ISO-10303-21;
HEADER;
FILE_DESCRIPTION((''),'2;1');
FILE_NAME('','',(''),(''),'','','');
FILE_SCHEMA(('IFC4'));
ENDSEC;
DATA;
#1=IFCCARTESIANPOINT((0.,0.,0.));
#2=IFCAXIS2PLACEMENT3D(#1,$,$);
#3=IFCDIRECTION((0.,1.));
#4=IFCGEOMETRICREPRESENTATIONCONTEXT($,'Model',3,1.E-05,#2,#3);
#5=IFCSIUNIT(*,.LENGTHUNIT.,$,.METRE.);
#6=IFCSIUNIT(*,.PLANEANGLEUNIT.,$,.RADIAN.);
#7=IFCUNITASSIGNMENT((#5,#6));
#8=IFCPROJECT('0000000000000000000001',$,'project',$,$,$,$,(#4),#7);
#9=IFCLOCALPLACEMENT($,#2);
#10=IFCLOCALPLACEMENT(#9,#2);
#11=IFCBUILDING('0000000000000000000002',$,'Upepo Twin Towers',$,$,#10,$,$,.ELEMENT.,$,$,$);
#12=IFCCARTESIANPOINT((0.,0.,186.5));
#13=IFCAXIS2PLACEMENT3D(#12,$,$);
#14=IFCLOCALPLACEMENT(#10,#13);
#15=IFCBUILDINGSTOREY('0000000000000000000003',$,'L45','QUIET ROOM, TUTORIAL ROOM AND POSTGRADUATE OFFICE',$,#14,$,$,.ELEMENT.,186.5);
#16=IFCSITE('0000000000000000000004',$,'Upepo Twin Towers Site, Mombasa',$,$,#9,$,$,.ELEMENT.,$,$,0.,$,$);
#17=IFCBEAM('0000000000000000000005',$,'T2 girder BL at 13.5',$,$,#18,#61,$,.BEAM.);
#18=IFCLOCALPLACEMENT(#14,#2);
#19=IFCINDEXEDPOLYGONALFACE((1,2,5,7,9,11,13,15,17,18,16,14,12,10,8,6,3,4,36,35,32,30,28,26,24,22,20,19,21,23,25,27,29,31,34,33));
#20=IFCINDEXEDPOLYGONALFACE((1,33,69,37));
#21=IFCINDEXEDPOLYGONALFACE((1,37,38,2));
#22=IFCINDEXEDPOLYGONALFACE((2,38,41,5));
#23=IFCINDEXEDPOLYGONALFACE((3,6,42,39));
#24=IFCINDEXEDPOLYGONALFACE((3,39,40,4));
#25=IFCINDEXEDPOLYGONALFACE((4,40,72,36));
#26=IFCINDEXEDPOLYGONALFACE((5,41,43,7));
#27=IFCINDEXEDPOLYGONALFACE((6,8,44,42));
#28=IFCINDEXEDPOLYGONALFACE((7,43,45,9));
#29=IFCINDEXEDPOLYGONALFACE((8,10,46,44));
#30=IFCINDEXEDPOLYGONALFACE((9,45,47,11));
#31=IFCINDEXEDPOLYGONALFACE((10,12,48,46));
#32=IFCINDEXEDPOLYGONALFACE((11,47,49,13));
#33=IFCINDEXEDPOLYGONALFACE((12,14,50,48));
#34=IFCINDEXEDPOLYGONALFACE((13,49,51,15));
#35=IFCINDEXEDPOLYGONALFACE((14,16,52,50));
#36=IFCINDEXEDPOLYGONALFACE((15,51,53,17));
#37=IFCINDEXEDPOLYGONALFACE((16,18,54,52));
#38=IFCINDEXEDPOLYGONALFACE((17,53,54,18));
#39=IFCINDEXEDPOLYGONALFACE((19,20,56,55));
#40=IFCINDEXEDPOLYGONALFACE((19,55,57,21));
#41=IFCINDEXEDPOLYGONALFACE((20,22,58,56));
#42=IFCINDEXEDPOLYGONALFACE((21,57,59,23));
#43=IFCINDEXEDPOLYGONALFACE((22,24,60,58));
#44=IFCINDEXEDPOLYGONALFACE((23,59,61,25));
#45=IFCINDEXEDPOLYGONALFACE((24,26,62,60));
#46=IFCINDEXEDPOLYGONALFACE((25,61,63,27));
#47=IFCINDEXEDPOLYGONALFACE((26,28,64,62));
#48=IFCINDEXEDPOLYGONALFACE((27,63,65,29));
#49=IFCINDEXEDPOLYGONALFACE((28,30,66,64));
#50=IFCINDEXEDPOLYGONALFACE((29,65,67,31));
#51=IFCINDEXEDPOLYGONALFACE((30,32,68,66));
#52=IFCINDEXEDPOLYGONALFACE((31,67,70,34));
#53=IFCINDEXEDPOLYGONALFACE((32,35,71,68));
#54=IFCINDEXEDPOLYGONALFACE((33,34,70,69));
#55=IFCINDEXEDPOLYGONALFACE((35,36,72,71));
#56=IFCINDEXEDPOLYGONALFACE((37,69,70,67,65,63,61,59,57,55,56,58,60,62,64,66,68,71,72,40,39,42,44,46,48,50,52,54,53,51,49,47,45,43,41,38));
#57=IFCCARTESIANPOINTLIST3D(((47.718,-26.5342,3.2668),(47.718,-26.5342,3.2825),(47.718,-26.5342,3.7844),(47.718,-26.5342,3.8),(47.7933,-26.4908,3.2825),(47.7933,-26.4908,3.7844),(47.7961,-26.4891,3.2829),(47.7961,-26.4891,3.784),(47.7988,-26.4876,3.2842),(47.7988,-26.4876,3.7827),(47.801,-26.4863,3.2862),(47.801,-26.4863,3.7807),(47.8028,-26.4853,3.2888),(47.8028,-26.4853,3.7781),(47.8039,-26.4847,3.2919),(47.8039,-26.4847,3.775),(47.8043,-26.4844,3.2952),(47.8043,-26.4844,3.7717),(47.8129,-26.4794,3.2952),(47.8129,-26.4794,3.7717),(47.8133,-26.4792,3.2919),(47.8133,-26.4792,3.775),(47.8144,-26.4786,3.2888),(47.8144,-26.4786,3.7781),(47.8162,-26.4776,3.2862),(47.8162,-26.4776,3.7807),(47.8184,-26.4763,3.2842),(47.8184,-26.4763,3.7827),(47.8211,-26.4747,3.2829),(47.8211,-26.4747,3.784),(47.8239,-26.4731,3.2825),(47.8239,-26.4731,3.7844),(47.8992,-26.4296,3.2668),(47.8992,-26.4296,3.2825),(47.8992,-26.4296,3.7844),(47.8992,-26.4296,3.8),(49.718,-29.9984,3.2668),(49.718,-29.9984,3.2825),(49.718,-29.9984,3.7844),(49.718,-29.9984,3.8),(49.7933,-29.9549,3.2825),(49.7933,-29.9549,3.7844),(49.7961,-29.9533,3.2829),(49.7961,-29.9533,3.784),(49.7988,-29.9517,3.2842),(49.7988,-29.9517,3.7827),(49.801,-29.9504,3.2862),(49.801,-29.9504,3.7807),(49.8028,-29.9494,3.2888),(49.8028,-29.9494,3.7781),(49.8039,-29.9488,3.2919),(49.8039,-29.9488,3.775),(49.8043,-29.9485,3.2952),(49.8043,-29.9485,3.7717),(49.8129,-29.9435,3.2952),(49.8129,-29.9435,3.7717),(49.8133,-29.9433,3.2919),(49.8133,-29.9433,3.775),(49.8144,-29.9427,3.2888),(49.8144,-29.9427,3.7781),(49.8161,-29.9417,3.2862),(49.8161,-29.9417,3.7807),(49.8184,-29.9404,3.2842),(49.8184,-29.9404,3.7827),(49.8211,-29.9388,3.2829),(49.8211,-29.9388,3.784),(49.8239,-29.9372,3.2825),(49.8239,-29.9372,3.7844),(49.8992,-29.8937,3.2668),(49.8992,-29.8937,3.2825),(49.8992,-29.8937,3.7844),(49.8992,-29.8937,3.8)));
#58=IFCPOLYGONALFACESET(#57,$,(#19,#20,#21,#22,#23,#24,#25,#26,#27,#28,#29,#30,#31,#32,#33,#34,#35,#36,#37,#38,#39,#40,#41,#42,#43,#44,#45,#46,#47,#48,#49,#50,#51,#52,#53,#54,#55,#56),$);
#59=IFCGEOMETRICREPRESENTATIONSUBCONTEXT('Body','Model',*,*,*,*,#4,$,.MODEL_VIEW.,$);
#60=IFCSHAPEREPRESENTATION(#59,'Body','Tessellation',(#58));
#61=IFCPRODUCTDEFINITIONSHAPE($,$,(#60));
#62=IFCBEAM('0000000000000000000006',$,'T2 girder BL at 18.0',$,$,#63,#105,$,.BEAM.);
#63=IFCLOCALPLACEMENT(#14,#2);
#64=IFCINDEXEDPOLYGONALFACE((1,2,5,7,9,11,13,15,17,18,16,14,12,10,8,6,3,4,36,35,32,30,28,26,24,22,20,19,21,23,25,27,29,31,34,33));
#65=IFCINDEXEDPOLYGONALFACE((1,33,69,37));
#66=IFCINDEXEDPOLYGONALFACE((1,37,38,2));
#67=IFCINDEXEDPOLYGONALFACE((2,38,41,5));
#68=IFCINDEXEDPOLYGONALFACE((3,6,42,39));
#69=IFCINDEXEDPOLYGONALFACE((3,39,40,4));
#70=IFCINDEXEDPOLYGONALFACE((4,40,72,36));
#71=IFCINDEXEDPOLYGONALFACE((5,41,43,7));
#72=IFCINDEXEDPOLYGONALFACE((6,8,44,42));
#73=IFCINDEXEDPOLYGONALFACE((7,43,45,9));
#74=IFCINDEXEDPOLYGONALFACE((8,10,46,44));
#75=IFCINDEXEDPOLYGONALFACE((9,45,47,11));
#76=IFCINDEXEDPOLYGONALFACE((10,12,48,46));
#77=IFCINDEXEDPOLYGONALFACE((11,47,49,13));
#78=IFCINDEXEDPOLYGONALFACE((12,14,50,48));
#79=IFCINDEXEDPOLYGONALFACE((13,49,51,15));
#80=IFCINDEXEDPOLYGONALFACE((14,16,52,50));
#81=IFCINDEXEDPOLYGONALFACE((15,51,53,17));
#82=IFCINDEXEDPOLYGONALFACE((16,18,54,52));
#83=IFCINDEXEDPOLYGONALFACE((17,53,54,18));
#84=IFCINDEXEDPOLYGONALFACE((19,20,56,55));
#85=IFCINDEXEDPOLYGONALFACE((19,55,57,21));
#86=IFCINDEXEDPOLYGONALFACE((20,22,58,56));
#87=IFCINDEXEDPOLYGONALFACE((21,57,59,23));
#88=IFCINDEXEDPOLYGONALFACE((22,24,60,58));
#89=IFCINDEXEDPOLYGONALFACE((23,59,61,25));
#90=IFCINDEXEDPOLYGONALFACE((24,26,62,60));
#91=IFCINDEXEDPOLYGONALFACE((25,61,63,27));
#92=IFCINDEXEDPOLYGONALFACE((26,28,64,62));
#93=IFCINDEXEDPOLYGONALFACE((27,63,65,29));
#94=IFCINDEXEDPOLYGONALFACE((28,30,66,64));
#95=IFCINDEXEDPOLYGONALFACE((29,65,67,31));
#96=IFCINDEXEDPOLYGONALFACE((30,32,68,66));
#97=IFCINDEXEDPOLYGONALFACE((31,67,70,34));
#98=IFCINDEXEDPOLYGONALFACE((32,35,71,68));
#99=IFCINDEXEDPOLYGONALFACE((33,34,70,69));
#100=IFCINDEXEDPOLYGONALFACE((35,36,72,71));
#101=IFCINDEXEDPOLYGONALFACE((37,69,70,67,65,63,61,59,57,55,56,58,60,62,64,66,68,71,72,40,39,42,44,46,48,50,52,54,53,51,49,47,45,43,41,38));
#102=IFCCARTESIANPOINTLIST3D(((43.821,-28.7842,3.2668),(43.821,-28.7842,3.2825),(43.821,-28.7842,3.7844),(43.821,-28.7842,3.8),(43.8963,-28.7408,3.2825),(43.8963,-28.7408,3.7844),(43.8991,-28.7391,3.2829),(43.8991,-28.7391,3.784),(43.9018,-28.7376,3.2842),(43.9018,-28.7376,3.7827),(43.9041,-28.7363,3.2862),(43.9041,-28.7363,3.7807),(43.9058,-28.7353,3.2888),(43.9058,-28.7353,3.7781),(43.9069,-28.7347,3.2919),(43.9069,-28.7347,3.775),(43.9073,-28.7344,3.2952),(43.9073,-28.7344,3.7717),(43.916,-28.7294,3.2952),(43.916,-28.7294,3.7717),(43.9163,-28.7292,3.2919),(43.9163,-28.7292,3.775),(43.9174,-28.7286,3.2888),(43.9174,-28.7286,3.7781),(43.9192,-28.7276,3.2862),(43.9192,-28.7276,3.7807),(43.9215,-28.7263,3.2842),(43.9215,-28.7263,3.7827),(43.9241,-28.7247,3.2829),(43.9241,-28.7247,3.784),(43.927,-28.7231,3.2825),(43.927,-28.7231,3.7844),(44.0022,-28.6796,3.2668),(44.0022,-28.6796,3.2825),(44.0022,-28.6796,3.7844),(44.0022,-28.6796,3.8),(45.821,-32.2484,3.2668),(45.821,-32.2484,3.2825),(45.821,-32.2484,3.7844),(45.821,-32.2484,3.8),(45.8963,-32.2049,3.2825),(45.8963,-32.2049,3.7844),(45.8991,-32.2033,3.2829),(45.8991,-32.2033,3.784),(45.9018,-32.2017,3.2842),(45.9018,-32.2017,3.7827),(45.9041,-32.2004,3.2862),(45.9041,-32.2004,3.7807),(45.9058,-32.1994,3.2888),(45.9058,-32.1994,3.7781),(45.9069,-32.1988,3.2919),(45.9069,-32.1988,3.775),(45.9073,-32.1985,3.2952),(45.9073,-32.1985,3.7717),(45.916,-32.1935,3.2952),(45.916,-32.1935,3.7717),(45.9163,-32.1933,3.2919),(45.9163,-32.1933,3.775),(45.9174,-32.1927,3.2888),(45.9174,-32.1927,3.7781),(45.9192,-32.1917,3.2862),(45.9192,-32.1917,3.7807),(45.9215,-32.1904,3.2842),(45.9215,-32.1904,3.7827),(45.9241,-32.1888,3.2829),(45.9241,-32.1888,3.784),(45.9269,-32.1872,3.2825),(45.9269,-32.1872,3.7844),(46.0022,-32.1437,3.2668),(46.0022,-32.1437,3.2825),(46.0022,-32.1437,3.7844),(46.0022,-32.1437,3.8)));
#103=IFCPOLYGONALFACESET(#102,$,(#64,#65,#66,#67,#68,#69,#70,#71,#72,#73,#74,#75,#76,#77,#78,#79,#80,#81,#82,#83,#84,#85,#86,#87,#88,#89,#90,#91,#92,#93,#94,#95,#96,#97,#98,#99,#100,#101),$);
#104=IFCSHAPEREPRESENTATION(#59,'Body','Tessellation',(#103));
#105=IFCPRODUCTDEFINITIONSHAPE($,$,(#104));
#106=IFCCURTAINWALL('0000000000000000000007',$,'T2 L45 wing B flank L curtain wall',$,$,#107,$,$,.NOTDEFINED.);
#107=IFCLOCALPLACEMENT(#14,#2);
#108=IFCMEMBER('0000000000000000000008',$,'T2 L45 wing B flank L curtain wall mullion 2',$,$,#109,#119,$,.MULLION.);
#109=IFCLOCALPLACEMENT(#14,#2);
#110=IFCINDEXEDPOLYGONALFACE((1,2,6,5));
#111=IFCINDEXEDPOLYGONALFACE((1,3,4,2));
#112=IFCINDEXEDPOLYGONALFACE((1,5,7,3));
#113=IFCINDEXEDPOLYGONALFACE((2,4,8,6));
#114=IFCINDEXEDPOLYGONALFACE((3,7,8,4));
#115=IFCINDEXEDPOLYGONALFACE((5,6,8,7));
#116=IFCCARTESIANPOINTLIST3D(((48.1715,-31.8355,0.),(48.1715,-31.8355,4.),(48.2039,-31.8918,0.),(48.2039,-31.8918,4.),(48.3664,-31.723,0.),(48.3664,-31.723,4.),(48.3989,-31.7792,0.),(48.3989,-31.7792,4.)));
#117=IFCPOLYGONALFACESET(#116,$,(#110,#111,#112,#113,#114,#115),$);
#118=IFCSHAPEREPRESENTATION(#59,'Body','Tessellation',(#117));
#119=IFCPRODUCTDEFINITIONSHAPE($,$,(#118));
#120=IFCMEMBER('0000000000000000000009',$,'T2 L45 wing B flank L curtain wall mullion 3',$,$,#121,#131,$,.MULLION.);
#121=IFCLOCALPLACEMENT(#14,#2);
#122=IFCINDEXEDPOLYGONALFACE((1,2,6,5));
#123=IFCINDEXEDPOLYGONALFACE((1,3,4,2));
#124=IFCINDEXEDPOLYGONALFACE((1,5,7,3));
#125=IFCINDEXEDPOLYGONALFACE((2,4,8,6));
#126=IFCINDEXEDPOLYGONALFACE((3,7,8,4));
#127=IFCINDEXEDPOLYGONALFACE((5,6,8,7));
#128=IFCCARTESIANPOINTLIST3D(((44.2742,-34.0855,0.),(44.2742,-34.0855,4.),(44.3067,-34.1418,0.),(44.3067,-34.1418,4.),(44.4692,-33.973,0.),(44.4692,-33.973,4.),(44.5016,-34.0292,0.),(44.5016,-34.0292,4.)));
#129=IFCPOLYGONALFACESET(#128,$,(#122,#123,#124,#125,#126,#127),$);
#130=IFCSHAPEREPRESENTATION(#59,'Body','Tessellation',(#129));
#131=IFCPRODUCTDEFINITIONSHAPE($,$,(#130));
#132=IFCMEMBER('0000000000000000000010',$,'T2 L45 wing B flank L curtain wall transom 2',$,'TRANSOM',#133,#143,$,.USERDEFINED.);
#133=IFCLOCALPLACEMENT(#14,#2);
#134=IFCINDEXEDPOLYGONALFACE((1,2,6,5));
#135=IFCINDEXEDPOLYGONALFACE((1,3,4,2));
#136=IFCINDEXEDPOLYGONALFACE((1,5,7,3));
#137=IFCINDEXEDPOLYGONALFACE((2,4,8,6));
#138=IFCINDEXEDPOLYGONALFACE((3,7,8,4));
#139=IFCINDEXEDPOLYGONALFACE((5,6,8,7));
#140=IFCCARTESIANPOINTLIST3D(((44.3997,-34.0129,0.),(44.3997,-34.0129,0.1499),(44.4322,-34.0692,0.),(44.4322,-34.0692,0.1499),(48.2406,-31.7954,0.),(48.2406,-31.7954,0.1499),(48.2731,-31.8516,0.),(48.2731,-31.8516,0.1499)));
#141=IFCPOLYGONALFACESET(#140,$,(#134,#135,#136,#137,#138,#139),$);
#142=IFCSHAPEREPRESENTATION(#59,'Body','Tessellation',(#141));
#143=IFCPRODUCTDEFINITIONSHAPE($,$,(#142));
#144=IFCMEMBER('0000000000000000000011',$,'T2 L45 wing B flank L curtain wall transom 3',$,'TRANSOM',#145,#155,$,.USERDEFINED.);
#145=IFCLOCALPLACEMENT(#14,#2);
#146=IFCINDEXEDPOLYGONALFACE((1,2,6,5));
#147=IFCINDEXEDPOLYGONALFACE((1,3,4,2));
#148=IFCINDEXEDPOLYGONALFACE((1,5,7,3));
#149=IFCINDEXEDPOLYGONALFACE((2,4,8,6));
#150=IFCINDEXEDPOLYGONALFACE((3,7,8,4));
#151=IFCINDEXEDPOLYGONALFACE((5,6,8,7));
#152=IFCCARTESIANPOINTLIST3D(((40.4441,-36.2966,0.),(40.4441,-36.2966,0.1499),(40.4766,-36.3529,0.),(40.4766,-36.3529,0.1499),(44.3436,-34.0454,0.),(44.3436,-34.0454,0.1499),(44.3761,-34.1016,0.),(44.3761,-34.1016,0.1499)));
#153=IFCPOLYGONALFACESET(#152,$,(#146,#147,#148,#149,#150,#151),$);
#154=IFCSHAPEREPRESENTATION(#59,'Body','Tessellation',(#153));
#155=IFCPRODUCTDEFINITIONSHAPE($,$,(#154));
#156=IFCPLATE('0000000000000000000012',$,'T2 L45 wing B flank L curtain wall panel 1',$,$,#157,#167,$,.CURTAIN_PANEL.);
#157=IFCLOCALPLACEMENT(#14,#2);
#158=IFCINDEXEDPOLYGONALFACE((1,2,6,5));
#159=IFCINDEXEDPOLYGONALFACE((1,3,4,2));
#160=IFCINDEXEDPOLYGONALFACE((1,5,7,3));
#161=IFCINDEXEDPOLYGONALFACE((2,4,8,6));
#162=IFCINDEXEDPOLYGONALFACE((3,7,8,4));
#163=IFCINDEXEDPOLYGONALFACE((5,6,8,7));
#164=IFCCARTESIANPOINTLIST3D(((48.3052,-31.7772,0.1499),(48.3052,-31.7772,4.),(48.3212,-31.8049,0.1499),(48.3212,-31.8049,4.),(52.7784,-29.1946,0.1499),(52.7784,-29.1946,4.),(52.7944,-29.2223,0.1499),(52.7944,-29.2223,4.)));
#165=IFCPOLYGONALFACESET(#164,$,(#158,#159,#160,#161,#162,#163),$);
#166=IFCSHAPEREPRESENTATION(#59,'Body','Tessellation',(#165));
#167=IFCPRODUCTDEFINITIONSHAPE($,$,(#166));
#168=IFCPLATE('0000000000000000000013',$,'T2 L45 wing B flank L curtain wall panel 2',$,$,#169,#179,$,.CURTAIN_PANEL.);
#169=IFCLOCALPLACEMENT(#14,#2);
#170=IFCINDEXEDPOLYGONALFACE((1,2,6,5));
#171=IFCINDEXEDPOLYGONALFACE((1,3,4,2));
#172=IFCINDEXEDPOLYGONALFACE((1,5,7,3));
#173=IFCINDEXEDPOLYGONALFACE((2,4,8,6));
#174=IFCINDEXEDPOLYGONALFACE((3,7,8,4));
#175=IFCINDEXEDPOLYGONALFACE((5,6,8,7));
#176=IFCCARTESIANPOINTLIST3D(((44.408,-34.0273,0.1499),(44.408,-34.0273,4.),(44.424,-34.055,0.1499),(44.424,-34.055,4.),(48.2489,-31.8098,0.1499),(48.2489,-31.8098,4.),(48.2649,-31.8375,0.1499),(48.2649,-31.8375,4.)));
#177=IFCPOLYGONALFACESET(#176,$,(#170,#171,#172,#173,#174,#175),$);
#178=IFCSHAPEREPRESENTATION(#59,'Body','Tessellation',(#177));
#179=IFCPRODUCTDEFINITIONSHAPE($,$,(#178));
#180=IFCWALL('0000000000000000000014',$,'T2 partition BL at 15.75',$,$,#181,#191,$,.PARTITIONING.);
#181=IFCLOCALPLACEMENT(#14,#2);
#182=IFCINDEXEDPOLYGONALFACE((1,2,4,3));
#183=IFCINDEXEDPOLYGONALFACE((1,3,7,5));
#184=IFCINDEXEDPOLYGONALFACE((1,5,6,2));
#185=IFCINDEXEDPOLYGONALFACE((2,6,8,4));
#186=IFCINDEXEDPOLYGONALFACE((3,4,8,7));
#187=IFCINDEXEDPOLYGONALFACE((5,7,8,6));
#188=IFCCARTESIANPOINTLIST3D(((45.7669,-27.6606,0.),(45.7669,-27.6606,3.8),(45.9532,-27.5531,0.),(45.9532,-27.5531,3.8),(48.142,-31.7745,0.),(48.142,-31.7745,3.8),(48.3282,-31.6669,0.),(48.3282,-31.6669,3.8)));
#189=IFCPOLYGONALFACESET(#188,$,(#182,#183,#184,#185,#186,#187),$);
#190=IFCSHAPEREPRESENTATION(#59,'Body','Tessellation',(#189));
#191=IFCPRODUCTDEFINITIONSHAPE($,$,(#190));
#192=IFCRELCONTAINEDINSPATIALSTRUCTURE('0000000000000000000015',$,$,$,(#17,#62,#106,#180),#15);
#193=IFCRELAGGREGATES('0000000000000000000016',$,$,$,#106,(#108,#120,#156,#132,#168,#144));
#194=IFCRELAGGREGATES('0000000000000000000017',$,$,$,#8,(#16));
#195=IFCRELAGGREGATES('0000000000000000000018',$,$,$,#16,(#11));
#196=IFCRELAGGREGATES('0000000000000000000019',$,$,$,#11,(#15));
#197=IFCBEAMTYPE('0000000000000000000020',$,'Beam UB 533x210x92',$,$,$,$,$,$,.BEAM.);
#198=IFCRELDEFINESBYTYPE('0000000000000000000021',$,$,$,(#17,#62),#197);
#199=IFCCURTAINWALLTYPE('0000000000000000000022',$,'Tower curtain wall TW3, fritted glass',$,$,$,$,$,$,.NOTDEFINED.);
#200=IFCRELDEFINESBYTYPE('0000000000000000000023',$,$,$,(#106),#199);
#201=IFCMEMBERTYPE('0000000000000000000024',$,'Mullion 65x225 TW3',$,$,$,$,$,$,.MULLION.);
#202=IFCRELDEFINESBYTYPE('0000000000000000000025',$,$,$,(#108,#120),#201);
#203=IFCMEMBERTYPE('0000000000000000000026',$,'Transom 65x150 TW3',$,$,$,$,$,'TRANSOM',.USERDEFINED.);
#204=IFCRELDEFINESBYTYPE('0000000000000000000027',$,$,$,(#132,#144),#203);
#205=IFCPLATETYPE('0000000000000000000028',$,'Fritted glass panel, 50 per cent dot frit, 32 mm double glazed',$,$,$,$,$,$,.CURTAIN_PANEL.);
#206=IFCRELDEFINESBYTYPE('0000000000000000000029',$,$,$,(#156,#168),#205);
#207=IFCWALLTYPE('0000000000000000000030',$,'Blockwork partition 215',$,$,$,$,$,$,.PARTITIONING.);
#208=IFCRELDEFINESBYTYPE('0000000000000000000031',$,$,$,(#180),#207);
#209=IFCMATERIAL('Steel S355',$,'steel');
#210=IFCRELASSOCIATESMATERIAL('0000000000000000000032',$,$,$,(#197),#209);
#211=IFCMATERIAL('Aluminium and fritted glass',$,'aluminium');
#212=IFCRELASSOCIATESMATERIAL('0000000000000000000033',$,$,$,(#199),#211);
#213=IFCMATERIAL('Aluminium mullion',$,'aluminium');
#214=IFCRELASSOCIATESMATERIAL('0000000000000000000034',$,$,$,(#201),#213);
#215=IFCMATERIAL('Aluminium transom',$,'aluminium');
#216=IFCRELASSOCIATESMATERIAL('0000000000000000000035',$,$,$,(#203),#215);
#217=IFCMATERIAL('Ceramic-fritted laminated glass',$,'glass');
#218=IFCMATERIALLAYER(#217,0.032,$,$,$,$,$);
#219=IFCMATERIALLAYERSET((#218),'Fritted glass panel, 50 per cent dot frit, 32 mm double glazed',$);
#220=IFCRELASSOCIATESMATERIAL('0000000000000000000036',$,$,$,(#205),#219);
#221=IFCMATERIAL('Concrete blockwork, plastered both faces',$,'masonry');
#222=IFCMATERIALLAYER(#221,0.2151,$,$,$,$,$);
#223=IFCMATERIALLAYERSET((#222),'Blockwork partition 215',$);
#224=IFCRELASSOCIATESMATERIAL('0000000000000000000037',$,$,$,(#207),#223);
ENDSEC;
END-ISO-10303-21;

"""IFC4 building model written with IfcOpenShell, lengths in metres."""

from ifc_helpers import new_model, si_unit, direction, frame, frame_2d, origin, origin_2d, place, context, subcontext, project, spatial, rectangle, i_section, extrude, material, layer, layer_set, material_profile, profile_set, type_object, element, aggregate, save


model = new_model("IFC4")

# Units and contexts
model_context = context("Model", 3, precision=1e-05, world=origin(), true_north=direction((0.0, 1.0)))
body_context = subcontext(model_context, "Body", "Model", "MODEL_VIEW")
ifc_project = project(units=[si_unit("LENGTHUNIT", "METRE"), si_unit("PLANEANGLEUNIT", "RADIAN")], contexts=[model_context])

# Site, building, storey
site_placement = place(None, origin())
site = spatial("IfcSite", under=ifc_project, at=site_placement, Name="Upepo Twin Towers Site, Mombasa", CompositionType="ELEMENT", RefElevation=0.0)
building_placement = place(site_placement, origin())
building = spatial("IfcBuilding", under=site, at=building_placement, Name="Upepo Twin Towers", CompositionType="ELEMENT")
storey_placement = place(building_placement, frame((0.0, 0.0, 186.5)))
storey = spatial("IfcBuildingStorey", under=building, at=storey_placement, Name="L45", Description="QUIET ROOM, TUTORIAL ROOM AND POSTGRADUATE OFFICE", CompositionType="ELEMENT", Elevation=186.5)

# Beams
ifc_material_1 = material(Name="Steel S355", Category="steel")
ifc_material_profile_1 = material_profile(ifc_material_1, i_section(OverallWidth=0.2092, OverallDepth=0.5332, WebThickness=0.01, FlangeThickness=0.0156, FilletRadius=0.0127, at=origin_2d()), Name="UB 533x210x92")
ifc_profile_set_1 = profile_set([ifc_material_profile_1], Name="Steel S355")
beam_type_1 = type_object("IfcBeamType", Name="Beam UB 533x210x92", PredefinedType="BEAM", material=ifc_profile_set_1)
for number, where, z_axis, x_axis, name in (
    (1, (49.8086, -29.946, 3.5334), (-0.499999, 0.866026, 0.0), (-0.866026, -0.499999, 0.0), "T2 girder BL at 13.5"),
    (2, (45.9116, -32.196, 3.5334), (-0.499999, 0.866026, 0.0), (-0.866026, -0.499999, 0.0), "T2 girder BL at 18.0"),
):
    element("IfcBeam", number, at=place(storey_placement, frame(where, z_axis=z_axis, x_axis=x_axis)), inside=storey, type_object=beam_type_1, Name=name, PredefinedType="BEAM", context=body_context, shape_type="SweptSolid", body=[
        extrude(i_section(OverallWidth=0.2092, OverallDepth=0.5332, WebThickness=0.01, FlangeThickness=0.0156, FilletRadius=0.0127, at=origin_2d()), origin(), (0.0, 0.0, 1.0), 4.0),
    ])

# Curtain wall, members, plates
ifc_material_2 = material(Name="Aluminium and fritted glass", Category="aluminium")
curtain_wall_type = type_object("IfcCurtainWallType", Name="Tower curtain wall TW3, fritted glass", PredefinedType="NOTDEFINED", material=ifc_material_2)
curtain_wall_placement = place(storey_placement, origin())
curtain_wall = element("IfcCurtainWall", 3, at=curtain_wall_placement, inside=storey, type_object=curtain_wall_type, Name="T2 L45 wing B flank L curtain wall", PredefinedType="NOTDEFINED")
ifc_material_3 = material(Name="Aluminium mullion", Category="aluminium")
ifc_material_profile_2 = material_profile(ifc_material_3, rectangle(XDim=0.0649, YDim=0.2251, at=origin_2d()), Name="MULLION 65x225")
ifc_profile_set_2 = profile_set([ifc_material_profile_2], Name="Aluminium mullion")
member_type_1 = type_object("IfcMemberType", Name="Mullion 65x225 TW3", PredefinedType="MULLION", material=ifc_profile_set_2)
member_1_placement = place(storey_placement, frame((48.2852, -31.8074, 0.0), z_axis=(0.0, 0.0, 1.0), x_axis=(0.5, -0.866025, 0.0)))
member_1 = element("IfcMember", 4, at=member_1_placement, type_object=member_type_1, Name="T2 L45 wing B flank L curtain wall mullion 2", PredefinedType="MULLION", context=body_context, shape_type="SweptSolid", body=[
    extrude(rectangle(XDim=0.0649, YDim=0.2251, at=origin_2d()), origin(), (0.0, 0.0, 1.0), 4.0),
])
member_2_placement = place(storey_placement, frame((44.3879, -34.0574, 0.0), z_axis=(0.0, 0.0, 1.0), x_axis=(0.5, -0.866025, 0.0)))
member_2 = element("IfcMember", 5, at=member_2_placement, type_object=member_type_1, Name="T2 L45 wing B flank L curtain wall mullion 3", PredefinedType="MULLION", context=body_context, shape_type="SweptSolid", body=[
    extrude(rectangle(XDim=0.0649, YDim=0.2251, at=origin_2d()), origin(), (0.0, 0.0, 1.0), 4.0),
])
ifc_material_4 = material(Name="Aluminium transom", Category="aluminium")
ifc_material_profile_3 = material_profile(ifc_material_4, rectangle(XDim=0.0649, YDim=0.1499, at=origin_2d()), Name="TRANSOM 65x150")
ifc_profile_set_3 = profile_set([ifc_material_profile_3], Name="Aluminium transom")
member_type_2 = type_object("IfcMemberType", Name="Transom 65x150 TW3", ElementType="TRANSOM", PredefinedType="USERDEFINED", material=ifc_profile_set_3)
member_3_placement = place(storey_placement, frame((48.2568, -31.8235, 0.075), z_axis=(-0.866022, -0.500005, 0.0), x_axis=(0.500005, -0.866022, 0.0)))
member_3 = element("IfcMember", 6, at=member_3_placement, type_object=member_type_2, Name="T2 L45 wing B flank L curtain wall transom 2", ObjectType="TRANSOM", PredefinedType="USERDEFINED", context=body_context, shape_type="SweptSolid", body=[
    extrude(rectangle(XDim=0.0649, YDim=0.1499, at=origin_2d()), origin(), (0.0, 0.0, 1.0), 4.4351),
])
member_4_placement = place(storey_placement, frame((44.3599, -34.0735, 0.075), z_axis=(-0.866036, -0.499982, 0.0), x_axis=(0.499982, -0.866036, 0.0)))
member_4 = element("IfcMember", 7, at=member_4_placement, type_object=member_type_2, Name="T2 L45 wing B flank L curtain wall transom 3", ObjectType="TRANSOM", PredefinedType="USERDEFINED", context=body_context, shape_type="SweptSolid", body=[
    extrude(rectangle(XDim=0.0649, YDim=0.1499, at=origin_2d()), origin(), (0.0, 0.0, 1.0), 4.5027),
])
ifc_material_5 = material(Name="Ceramic-fritted laminated glass", Category="glass")
ifc_layer_1 = layer(ifc_material_5, 0.032)
ifc_layer_set_1 = layer_set([ifc_layer_1], Name="Fritted glass panel, 50 per cent dot frit, 32 mm double glazed")
plate_type = type_object("IfcPlateType", Name="Fritted glass panel, 50 per cent dot frit, 32 mm double glazed", PredefinedType="CURTAIN_PANEL", material=ifc_layer_set_1)
plate_1_placement = place(storey_placement, frame((50.5498, -30.4998, 0.1499), z_axis=(0.0, 0.0, 1.0), x_axis=(-0.866025, -0.5, 0.0)))
plate_1 = element("IfcPlate", 8, at=plate_1_placement, type_object=plate_type, Name="T2 L45 wing B flank L curtain wall panel 1", PredefinedType="CURTAIN_PANEL", context=body_context, shape_type="SweptSolid", body=[
    extrude(rectangle(XDim=5.1653, YDim=0.032, at=origin_2d()), origin(), (0.0, 0.0, 1.0), 3.8501),
])
plate_2_placement = place(storey_placement, frame((46.3364, -32.9324, 0.1499), z_axis=(0.0, 0.0, 1.0), x_axis=(-0.866025, -0.5, 0.0)))
plate_2 = element("IfcPlate", 9, at=plate_2_placement, type_object=plate_type, Name="T2 L45 wing B flank L curtain wall panel 2", PredefinedType="CURTAIN_PANEL", context=body_context, shape_type="SweptSolid", body=[
    extrude(rectangle(XDim=4.4351, YDim=0.032, at=origin_2d()), origin(), (0.0, 0.0, 1.0), 3.8501),
])
aggregate(curtain_wall, [member_1, member_2, plate_1, member_3, plate_2, member_4])

# Wall
ifc_material_6 = material(Name="Concrete blockwork, plastered both faces", Category="masonry")
ifc_layer_2 = layer(ifc_material_6, 0.2151)
ifc_layer_set_2 = layer_set([ifc_layer_2], Name="Blockwork partition 215")
wall_type_1 = type_object("IfcWallType", Name="Blockwork partition 215", PredefinedType="PARTITIONING", material=ifc_layer_set_2)
wall_1_placement = place(storey_placement, frame((45.8601, -27.6069, 0.0), z_axis=(0.0, 0.0, 1.0), x_axis=(0.499986, -0.866033, 0.0)))
element("IfcWall", 10, at=wall_1_placement, inside=storey, type_object=wall_type_1, Name="T2 partition BL at 15.75", PredefinedType="PARTITIONING", context=body_context, shape_type="SweptSolid", body=[
    extrude(rectangle(XDim=4.7502, YDim=0.2151, at=frame_2d((2.375, 0.0))), origin(), (0.0, 0.0, 1.0), 3.8),
])

save(model, "model.ifc")
